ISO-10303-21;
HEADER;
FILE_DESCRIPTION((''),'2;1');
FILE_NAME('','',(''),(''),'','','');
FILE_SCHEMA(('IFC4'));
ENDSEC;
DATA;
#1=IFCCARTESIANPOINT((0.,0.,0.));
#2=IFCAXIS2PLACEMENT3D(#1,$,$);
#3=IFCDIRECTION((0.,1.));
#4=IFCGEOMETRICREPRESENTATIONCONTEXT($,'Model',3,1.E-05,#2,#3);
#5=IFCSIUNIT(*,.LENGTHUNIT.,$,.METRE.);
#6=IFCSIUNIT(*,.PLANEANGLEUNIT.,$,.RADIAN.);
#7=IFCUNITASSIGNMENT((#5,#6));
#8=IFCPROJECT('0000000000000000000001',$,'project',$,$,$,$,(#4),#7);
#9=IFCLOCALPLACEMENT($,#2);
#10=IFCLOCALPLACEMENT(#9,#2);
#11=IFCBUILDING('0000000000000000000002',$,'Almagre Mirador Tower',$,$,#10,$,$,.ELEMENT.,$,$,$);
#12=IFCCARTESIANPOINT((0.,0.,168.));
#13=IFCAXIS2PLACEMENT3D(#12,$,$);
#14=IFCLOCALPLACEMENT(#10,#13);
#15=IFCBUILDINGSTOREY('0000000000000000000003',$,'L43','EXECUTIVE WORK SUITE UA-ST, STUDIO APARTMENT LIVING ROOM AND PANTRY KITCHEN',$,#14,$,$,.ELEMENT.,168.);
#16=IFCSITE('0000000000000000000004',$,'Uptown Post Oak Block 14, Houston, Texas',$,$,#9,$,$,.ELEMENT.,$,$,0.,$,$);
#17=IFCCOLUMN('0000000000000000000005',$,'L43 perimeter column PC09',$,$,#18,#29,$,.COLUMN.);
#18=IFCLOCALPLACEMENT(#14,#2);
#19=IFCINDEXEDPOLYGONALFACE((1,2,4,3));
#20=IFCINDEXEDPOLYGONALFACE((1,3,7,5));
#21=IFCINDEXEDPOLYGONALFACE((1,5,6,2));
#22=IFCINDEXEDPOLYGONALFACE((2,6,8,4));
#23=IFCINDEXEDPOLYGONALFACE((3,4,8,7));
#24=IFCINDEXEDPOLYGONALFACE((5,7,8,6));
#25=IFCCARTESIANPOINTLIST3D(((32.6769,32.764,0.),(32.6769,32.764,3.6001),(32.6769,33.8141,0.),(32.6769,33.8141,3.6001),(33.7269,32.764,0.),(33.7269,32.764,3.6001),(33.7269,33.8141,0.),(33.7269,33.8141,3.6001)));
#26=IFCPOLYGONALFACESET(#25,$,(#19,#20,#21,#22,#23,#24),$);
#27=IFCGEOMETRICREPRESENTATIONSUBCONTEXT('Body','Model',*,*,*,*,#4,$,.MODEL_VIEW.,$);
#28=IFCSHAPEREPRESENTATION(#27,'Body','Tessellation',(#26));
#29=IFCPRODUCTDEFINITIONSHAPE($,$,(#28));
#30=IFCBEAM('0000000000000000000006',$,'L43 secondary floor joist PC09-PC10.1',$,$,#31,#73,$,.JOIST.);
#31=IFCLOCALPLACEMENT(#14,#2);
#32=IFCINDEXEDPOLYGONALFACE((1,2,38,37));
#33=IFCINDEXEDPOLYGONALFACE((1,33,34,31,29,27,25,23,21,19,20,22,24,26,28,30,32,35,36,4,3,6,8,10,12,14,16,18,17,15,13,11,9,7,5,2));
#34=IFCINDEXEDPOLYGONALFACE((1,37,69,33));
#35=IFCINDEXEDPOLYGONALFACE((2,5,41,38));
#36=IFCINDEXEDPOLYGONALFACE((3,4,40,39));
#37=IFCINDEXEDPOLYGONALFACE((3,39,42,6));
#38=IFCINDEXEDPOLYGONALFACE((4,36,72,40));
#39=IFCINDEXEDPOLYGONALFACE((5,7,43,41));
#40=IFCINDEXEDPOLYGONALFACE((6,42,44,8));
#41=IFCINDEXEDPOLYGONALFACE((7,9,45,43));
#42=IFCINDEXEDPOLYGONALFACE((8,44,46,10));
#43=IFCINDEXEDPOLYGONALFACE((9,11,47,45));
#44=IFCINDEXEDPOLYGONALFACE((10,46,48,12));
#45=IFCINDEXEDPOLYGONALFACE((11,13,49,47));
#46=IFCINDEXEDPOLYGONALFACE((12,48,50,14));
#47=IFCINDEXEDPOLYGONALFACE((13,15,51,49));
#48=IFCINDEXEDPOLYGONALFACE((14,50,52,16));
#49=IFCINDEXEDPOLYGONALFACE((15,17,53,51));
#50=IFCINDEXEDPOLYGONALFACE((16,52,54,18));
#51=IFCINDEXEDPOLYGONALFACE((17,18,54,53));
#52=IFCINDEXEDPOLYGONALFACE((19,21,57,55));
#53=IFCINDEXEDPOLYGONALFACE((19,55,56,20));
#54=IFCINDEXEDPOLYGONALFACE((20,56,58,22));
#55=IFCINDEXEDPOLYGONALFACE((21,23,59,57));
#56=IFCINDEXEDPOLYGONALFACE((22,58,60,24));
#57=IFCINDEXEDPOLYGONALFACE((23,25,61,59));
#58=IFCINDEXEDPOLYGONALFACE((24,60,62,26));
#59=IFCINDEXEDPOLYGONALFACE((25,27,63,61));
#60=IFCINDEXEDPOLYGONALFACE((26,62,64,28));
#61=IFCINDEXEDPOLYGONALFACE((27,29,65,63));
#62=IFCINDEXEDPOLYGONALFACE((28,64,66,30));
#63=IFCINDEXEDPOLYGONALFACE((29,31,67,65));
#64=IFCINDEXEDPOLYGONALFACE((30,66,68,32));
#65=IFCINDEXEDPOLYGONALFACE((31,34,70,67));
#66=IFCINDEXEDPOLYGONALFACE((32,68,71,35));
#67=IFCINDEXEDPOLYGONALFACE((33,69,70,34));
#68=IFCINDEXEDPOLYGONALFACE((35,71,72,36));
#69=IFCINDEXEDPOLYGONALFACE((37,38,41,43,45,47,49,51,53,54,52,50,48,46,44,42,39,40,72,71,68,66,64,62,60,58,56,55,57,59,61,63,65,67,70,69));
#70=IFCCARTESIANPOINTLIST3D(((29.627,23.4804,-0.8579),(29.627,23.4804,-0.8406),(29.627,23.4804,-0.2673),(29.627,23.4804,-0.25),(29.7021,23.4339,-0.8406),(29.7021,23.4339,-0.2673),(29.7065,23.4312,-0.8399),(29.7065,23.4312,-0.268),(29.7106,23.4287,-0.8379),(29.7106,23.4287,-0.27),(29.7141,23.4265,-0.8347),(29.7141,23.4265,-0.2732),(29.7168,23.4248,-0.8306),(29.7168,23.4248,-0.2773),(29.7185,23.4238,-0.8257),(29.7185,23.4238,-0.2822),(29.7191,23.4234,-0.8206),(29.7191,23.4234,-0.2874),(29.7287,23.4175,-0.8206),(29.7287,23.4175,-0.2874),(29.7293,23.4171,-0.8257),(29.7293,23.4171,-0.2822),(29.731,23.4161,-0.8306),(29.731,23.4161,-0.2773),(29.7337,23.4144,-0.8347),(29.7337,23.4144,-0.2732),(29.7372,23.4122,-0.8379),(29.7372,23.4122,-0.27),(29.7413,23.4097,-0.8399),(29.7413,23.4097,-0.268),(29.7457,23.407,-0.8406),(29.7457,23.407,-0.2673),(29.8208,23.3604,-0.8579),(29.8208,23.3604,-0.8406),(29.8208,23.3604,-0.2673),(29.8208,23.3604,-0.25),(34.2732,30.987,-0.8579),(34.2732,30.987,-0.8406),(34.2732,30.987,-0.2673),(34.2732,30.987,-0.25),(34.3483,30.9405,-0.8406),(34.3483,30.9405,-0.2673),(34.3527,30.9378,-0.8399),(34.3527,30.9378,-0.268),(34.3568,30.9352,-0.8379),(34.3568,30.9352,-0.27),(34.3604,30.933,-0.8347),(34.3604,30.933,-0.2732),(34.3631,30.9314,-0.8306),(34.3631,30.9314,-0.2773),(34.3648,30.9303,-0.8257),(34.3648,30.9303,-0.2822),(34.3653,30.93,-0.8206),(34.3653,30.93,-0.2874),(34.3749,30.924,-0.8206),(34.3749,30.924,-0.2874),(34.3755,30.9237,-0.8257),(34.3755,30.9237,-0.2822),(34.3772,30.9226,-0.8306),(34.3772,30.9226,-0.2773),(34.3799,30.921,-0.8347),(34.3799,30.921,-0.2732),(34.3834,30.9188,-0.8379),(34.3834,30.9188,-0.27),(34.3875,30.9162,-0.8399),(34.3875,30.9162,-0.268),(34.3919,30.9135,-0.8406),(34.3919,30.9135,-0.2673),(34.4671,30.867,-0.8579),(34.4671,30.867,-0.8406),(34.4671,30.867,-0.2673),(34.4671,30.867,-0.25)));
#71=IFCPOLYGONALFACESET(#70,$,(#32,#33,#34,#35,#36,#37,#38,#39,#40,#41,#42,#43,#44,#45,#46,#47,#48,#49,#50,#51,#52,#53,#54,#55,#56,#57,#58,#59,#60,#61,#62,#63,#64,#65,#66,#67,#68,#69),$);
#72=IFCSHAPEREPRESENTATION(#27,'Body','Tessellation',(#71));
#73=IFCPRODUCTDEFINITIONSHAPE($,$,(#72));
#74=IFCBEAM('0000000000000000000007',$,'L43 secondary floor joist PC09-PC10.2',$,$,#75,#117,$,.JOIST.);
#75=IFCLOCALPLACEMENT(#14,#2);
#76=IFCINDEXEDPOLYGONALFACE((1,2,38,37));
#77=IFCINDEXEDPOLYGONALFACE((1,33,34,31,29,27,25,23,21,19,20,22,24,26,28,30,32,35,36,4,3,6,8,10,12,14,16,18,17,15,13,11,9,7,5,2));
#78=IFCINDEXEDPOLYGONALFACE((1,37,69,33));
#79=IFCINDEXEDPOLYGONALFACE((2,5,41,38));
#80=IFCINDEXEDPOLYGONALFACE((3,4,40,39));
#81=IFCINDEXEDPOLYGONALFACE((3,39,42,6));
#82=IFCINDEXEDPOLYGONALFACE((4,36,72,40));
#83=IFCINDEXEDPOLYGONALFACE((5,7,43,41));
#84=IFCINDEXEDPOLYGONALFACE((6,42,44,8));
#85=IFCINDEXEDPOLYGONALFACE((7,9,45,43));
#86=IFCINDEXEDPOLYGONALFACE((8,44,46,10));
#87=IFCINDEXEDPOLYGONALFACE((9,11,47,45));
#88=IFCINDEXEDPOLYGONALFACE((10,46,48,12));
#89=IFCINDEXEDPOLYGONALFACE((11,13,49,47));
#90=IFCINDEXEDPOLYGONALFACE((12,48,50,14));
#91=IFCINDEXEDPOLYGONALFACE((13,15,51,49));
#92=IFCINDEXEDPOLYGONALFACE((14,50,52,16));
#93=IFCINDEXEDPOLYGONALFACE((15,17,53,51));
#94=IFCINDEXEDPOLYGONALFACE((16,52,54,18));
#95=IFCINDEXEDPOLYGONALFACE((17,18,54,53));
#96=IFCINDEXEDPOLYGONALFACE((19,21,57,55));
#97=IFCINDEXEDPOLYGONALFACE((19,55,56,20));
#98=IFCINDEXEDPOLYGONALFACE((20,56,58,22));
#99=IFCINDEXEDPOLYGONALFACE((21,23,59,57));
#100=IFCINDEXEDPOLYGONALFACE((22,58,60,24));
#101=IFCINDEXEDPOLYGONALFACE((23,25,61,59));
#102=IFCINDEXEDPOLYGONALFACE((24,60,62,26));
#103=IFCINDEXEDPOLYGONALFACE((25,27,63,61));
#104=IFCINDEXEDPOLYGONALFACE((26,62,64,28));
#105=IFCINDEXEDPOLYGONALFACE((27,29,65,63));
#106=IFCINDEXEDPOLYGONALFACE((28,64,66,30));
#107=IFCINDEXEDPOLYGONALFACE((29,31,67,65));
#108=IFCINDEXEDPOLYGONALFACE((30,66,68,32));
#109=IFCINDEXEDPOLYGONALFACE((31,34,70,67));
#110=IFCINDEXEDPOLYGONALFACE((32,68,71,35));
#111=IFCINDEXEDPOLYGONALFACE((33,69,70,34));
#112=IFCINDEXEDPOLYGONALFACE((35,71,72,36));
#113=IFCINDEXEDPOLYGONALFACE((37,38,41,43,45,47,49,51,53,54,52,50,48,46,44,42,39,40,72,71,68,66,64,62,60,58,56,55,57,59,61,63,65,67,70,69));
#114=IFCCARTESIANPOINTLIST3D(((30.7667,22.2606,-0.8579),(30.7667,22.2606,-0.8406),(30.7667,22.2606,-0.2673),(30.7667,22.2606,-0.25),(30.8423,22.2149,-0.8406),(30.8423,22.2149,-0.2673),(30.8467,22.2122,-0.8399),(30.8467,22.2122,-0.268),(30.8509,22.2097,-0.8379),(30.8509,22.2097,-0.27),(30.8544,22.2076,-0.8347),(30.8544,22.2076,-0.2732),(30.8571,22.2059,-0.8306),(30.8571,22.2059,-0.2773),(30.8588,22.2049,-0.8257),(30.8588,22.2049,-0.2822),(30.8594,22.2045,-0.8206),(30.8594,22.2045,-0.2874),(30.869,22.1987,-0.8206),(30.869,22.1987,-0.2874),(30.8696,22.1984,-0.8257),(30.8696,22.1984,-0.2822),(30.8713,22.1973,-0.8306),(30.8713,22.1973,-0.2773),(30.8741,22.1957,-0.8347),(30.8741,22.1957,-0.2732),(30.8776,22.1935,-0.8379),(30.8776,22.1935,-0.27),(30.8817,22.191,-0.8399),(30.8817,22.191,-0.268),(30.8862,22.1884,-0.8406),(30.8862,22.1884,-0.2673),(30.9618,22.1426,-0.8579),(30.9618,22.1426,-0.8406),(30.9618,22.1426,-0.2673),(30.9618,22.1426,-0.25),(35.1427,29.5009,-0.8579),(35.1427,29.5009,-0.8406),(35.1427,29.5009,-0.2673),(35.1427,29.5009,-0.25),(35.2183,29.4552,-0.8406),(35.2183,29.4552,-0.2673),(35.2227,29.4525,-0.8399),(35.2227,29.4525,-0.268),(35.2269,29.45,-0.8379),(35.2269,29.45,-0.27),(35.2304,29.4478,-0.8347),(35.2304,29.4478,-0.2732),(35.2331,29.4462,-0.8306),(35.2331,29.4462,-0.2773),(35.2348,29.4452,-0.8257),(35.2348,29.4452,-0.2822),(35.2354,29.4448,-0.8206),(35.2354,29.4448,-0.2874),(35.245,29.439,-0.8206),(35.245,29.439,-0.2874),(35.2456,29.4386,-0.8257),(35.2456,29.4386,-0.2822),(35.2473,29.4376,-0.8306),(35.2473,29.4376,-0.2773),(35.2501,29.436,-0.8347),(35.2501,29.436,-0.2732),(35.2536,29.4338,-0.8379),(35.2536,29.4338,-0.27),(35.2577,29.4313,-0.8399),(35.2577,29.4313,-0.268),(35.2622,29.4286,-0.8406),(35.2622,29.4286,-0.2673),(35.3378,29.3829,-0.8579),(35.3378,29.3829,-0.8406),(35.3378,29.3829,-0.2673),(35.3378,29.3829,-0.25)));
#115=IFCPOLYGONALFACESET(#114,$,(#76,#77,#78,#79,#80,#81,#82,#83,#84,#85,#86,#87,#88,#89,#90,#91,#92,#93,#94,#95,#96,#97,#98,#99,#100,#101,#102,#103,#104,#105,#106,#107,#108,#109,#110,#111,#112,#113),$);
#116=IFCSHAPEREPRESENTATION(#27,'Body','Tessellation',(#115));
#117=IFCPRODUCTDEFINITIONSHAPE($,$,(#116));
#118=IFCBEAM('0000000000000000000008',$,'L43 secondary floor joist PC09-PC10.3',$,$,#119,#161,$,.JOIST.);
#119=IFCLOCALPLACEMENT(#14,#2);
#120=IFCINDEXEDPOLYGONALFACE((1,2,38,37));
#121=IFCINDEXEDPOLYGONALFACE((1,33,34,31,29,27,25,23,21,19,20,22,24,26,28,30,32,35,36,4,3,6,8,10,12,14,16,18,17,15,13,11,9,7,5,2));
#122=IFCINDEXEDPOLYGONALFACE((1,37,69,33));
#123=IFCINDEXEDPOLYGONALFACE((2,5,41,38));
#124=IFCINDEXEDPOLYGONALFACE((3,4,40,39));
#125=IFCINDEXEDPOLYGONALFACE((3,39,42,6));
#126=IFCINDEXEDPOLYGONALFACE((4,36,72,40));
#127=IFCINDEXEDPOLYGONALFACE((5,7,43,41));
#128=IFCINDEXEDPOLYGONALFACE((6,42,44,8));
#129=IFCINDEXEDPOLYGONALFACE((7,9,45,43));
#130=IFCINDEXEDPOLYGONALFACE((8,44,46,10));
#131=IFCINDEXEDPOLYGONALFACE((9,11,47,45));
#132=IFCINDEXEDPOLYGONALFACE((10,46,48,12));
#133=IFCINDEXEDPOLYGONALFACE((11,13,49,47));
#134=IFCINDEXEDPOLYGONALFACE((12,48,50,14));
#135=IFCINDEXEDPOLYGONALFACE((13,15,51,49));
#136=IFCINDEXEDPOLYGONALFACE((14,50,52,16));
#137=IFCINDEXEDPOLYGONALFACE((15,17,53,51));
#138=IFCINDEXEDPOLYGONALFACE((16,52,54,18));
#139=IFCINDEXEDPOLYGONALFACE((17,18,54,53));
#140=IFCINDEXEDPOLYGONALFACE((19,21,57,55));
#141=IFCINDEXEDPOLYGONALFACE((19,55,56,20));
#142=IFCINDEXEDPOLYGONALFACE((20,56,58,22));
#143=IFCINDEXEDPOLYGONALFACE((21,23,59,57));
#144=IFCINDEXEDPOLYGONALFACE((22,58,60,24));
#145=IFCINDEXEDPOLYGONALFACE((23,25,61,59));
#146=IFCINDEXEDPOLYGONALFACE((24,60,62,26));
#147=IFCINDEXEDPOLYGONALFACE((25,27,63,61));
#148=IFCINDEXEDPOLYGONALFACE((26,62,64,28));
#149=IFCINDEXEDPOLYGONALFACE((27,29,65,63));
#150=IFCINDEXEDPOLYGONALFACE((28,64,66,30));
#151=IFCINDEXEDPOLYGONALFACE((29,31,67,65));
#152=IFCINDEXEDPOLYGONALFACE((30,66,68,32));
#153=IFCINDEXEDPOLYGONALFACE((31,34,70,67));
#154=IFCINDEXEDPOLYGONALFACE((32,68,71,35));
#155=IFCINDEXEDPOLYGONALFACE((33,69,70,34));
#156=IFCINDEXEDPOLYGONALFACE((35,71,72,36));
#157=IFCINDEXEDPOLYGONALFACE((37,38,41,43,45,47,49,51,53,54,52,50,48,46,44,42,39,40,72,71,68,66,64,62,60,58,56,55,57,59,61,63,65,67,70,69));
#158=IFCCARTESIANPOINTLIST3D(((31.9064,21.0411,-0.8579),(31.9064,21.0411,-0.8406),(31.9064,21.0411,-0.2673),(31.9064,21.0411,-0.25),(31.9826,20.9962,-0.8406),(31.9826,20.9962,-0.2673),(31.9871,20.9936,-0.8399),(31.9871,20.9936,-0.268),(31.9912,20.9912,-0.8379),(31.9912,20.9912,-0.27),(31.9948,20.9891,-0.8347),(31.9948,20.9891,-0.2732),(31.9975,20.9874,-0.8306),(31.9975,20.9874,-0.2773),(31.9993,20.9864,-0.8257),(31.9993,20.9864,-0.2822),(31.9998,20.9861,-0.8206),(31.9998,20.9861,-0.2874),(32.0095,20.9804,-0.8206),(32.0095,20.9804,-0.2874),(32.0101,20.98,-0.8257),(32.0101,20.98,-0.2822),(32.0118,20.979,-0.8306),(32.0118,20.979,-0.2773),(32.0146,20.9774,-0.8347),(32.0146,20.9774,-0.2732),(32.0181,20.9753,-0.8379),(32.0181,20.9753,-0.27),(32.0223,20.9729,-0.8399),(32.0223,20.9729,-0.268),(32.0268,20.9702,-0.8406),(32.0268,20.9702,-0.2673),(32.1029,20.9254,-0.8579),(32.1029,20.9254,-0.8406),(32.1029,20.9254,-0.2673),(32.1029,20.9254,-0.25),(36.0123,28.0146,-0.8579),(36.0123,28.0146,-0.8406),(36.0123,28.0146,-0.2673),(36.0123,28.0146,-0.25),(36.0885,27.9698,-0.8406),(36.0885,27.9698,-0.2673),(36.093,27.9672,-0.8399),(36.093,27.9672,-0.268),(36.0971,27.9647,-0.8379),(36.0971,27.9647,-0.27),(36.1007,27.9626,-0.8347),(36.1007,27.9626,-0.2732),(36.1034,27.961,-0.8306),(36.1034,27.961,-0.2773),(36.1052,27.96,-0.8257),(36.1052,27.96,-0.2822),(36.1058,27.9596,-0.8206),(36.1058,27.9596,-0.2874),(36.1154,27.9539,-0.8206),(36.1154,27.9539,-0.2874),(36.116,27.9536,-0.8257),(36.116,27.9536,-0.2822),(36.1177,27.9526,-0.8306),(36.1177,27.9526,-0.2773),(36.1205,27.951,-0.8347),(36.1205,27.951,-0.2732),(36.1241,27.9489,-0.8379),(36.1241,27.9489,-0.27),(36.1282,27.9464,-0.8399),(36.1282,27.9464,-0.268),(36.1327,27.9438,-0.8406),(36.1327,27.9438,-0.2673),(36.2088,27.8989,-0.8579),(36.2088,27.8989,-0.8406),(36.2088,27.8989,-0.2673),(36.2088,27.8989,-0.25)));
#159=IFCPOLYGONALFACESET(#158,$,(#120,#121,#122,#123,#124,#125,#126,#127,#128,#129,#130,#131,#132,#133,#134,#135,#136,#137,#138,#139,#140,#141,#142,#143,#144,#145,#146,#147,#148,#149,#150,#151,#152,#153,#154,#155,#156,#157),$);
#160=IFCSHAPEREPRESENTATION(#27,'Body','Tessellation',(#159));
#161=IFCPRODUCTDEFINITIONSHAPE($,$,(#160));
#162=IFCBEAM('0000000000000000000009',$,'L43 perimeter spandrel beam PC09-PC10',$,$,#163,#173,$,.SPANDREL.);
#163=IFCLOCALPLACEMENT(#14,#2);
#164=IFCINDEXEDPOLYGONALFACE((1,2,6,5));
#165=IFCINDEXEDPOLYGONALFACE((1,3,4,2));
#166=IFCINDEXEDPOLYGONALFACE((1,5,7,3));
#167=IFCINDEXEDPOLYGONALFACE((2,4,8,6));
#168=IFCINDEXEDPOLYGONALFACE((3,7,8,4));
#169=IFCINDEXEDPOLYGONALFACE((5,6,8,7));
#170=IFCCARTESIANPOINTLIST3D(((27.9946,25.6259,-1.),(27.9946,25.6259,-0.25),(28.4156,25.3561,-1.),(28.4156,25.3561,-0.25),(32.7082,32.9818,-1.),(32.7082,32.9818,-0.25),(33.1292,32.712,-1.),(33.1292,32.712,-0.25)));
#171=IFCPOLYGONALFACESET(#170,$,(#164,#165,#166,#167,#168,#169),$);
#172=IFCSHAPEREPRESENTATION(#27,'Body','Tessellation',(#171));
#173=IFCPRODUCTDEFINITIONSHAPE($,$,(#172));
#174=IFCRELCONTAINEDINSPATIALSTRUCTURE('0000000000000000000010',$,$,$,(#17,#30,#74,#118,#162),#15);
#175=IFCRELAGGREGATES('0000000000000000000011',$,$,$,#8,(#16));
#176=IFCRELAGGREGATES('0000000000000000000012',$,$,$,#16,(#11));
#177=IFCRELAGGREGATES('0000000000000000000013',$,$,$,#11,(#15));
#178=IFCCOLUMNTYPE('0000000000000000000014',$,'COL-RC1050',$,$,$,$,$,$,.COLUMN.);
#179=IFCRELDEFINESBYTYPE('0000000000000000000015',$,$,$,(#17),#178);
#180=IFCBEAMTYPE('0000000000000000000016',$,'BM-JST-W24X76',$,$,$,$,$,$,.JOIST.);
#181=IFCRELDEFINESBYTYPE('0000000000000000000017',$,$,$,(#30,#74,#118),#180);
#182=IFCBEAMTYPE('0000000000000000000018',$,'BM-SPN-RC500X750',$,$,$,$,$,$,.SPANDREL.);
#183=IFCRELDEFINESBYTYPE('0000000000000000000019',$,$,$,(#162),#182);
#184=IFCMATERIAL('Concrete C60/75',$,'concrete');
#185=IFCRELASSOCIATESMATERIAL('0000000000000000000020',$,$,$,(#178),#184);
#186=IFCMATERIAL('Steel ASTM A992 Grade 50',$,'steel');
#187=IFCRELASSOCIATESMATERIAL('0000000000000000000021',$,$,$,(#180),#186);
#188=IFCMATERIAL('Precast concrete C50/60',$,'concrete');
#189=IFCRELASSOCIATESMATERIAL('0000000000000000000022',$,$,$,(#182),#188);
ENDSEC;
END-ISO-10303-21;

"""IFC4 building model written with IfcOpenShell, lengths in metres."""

from ifc_helpers import new_model, si_unit, direction, frame, origin, origin_2d, place, context, subcontext, project, spatial, rectangle, i_section, extrude, material, material_profile, profile_set, type_object, element, save


model = new_model("IFC4")

# Units and contexts
model_context = context("Model", 3, precision=1e-05, world=origin(), true_north=direction((0.0, 1.0)))
body_context = subcontext(model_context, "Body", "Model", "MODEL_VIEW")
ifc_project = project(units=[si_unit("LENGTHUNIT", "METRE"), si_unit("PLANEANGLEUNIT", "RADIAN")], contexts=[model_context])

# Site, building, storey
site_placement = place(None, origin())
site = spatial("IfcSite", under=ifc_project, at=site_placement, Name="Uptown Post Oak Block 14, Houston, Texas", CompositionType="ELEMENT", RefElevation=0.0)
building_placement = place(site_placement, origin())
building = spatial("IfcBuilding", under=site, at=building_placement, Name="Almagre Mirador Tower", CompositionType="ELEMENT")
storey_placement = place(building_placement, frame((0.0, 0.0, 168.0)))
storey = spatial("IfcBuildingStorey", under=building, at=storey_placement, Name="L43", Description="EXECUTIVE WORK SUITE UA-ST, STUDIO APARTMENT LIVING ROOM AND PANTRY KITCHEN", CompositionType="ELEMENT", Elevation=168.0)

# Column
ifc_material_1 = material(Name="Concrete C60/75", Category="concrete")
ifc_material_profile_1 = material_profile(ifc_material_1, rectangle(XDim=1.05, YDim=1.05, at=origin_2d()), Name="RC1050X1050")
ifc_profile_set_1 = profile_set([ifc_material_profile_1], Name="Concrete C60/75")
column_type = type_object("IfcColumnType", Name="COL-RC1050", PredefinedType="COLUMN", material=ifc_profile_set_1)
column_placement = place(storey_placement, frame((33.2019, 33.2891, 0.0), z_axis=(0.0, 0.0, 1.0), x_axis=(1.0, 0.0, 0.0)))
element("IfcColumn", 1, at=column_placement, inside=storey, type_object=column_type, Name="L43 perimeter column PC09", PredefinedType="COLUMN", context=body_context, shape_type="SweptSolid", body=[
    extrude(rectangle(XDim=1.05, YDim=1.05, at=origin_2d()), origin(), (0.0, 0.0, 1.0), 3.6001),
])

# Beams
ifc_material_2 = material(Name="Steel ASTM A992 Grade 50", Category="steel")
ifc_material_profile_2 = material_profile(ifc_material_2, i_section(OverallWidth=0.228, OverallDepth=0.6079, WebThickness=0.0112, FlangeThickness=0.0173, FilletRadius=0.02, at=origin_2d()), Name="W24X76")
ifc_profile_set_2 = profile_set([ifc_material_profile_2], Name="Steel ASTM A992 Grade 50")
beam_type_1 = type_object("IfcBeamType", Name="BM-JST-W24X76", PredefinedType="JOIST", material=ifc_profile_set_2)
beam_1_placement = place(storey_placement, frame((34.3701, 30.927, -0.554), z_axis=(-0.526297, -0.850301, 0.0), x_axis=(0.850301, -0.526297, 0.0)))
element("IfcBeam", 2, at=beam_1_placement, inside=storey, type_object=beam_type_1, Name="L43 secondary floor joist PC09-PC10.1", PredefinedType="JOIST", context=body_context, shape_type="SweptSolid", body=[
    extrude(i_section(OverallWidth=0.228, OverallDepth=0.6079, WebThickness=0.0112, FlangeThickness=0.0173, FilletRadius=0.02, at=origin_2d()), origin(), (0.0, 0.0, 1.0), 8.8281),
])
beam_2_placement = place(storey_placement, frame((35.2402, 29.4419, -0.554), z_axis=(-0.51726, -0.855828, 0.0), x_axis=(0.855828, -0.51726, 0.0)))
element("IfcBeam", 3, at=beam_2_placement, inside=storey, type_object=beam_type_1, Name="L43 secondary floor joist PC09-PC10.2", PredefinedType="JOIST", context=body_context, shape_type="SweptSolid", body=[
    extrude(i_section(OverallWidth=0.228, OverallDepth=0.6079, WebThickness=0.0112, FlangeThickness=0.0173, FilletRadius=0.02, at=origin_2d()), origin(), (0.0, 0.0, 1.0), 8.46),
])
beam_3_placement = place(storey_placement, frame((36.1106, 27.9568, -0.554), z_axis=(-0.507371, -0.861728, 0.0), x_axis=(0.861728, -0.507371, 0.0)))
element("IfcBeam", 4, at=beam_3_placement, inside=storey, type_object=beam_type_1, Name="L43 secondary floor joist PC09-PC10.3", PredefinedType="JOIST", context=body_context, shape_type="SweptSolid", body=[
    extrude(i_section(OverallWidth=0.228, OverallDepth=0.6079, WebThickness=0.0112, FlangeThickness=0.0173, FilletRadius=0.02, at=origin_2d()), origin(), (0.0, 0.0, 1.0), 8.0925),
])
ifc_material_3 = material(Name="Precast concrete C50/60", Category="concrete")
ifc_material_profile_3 = material_profile(ifc_material_3, rectangle(XDim=0.5, YDim=0.75, at=origin_2d()), Name="RC500X750")
ifc_profile_set_3 = profile_set([ifc_material_profile_3], Name="Precast concrete C50/60")
beam_type_2 = type_object("IfcBeamType", Name="BM-SPN-RC500X750", PredefinedType="SPANDREL", material=ifc_profile_set_3)
beam_4_placement = place(storey_placement, frame((32.9187, 32.8469, -0.625), z_axis=(-0.539525, -0.841969, 0.0), x_axis=(0.841969, -0.539525, 0.0)))
element("IfcBeam", 5, at=beam_4_placement, inside=storey, type_object=beam_type_2, Name="L43 perimeter spandrel beam PC09-PC10", PredefinedType="SPANDREL", context=body_context, shape_type="SweptSolid", body=[
    extrude(rectangle(XDim=0.5, YDim=0.75, at=origin_2d()), origin(), (0.0, 0.0, 1.0), 8.7366),
])

save(model, "model.ifc")
